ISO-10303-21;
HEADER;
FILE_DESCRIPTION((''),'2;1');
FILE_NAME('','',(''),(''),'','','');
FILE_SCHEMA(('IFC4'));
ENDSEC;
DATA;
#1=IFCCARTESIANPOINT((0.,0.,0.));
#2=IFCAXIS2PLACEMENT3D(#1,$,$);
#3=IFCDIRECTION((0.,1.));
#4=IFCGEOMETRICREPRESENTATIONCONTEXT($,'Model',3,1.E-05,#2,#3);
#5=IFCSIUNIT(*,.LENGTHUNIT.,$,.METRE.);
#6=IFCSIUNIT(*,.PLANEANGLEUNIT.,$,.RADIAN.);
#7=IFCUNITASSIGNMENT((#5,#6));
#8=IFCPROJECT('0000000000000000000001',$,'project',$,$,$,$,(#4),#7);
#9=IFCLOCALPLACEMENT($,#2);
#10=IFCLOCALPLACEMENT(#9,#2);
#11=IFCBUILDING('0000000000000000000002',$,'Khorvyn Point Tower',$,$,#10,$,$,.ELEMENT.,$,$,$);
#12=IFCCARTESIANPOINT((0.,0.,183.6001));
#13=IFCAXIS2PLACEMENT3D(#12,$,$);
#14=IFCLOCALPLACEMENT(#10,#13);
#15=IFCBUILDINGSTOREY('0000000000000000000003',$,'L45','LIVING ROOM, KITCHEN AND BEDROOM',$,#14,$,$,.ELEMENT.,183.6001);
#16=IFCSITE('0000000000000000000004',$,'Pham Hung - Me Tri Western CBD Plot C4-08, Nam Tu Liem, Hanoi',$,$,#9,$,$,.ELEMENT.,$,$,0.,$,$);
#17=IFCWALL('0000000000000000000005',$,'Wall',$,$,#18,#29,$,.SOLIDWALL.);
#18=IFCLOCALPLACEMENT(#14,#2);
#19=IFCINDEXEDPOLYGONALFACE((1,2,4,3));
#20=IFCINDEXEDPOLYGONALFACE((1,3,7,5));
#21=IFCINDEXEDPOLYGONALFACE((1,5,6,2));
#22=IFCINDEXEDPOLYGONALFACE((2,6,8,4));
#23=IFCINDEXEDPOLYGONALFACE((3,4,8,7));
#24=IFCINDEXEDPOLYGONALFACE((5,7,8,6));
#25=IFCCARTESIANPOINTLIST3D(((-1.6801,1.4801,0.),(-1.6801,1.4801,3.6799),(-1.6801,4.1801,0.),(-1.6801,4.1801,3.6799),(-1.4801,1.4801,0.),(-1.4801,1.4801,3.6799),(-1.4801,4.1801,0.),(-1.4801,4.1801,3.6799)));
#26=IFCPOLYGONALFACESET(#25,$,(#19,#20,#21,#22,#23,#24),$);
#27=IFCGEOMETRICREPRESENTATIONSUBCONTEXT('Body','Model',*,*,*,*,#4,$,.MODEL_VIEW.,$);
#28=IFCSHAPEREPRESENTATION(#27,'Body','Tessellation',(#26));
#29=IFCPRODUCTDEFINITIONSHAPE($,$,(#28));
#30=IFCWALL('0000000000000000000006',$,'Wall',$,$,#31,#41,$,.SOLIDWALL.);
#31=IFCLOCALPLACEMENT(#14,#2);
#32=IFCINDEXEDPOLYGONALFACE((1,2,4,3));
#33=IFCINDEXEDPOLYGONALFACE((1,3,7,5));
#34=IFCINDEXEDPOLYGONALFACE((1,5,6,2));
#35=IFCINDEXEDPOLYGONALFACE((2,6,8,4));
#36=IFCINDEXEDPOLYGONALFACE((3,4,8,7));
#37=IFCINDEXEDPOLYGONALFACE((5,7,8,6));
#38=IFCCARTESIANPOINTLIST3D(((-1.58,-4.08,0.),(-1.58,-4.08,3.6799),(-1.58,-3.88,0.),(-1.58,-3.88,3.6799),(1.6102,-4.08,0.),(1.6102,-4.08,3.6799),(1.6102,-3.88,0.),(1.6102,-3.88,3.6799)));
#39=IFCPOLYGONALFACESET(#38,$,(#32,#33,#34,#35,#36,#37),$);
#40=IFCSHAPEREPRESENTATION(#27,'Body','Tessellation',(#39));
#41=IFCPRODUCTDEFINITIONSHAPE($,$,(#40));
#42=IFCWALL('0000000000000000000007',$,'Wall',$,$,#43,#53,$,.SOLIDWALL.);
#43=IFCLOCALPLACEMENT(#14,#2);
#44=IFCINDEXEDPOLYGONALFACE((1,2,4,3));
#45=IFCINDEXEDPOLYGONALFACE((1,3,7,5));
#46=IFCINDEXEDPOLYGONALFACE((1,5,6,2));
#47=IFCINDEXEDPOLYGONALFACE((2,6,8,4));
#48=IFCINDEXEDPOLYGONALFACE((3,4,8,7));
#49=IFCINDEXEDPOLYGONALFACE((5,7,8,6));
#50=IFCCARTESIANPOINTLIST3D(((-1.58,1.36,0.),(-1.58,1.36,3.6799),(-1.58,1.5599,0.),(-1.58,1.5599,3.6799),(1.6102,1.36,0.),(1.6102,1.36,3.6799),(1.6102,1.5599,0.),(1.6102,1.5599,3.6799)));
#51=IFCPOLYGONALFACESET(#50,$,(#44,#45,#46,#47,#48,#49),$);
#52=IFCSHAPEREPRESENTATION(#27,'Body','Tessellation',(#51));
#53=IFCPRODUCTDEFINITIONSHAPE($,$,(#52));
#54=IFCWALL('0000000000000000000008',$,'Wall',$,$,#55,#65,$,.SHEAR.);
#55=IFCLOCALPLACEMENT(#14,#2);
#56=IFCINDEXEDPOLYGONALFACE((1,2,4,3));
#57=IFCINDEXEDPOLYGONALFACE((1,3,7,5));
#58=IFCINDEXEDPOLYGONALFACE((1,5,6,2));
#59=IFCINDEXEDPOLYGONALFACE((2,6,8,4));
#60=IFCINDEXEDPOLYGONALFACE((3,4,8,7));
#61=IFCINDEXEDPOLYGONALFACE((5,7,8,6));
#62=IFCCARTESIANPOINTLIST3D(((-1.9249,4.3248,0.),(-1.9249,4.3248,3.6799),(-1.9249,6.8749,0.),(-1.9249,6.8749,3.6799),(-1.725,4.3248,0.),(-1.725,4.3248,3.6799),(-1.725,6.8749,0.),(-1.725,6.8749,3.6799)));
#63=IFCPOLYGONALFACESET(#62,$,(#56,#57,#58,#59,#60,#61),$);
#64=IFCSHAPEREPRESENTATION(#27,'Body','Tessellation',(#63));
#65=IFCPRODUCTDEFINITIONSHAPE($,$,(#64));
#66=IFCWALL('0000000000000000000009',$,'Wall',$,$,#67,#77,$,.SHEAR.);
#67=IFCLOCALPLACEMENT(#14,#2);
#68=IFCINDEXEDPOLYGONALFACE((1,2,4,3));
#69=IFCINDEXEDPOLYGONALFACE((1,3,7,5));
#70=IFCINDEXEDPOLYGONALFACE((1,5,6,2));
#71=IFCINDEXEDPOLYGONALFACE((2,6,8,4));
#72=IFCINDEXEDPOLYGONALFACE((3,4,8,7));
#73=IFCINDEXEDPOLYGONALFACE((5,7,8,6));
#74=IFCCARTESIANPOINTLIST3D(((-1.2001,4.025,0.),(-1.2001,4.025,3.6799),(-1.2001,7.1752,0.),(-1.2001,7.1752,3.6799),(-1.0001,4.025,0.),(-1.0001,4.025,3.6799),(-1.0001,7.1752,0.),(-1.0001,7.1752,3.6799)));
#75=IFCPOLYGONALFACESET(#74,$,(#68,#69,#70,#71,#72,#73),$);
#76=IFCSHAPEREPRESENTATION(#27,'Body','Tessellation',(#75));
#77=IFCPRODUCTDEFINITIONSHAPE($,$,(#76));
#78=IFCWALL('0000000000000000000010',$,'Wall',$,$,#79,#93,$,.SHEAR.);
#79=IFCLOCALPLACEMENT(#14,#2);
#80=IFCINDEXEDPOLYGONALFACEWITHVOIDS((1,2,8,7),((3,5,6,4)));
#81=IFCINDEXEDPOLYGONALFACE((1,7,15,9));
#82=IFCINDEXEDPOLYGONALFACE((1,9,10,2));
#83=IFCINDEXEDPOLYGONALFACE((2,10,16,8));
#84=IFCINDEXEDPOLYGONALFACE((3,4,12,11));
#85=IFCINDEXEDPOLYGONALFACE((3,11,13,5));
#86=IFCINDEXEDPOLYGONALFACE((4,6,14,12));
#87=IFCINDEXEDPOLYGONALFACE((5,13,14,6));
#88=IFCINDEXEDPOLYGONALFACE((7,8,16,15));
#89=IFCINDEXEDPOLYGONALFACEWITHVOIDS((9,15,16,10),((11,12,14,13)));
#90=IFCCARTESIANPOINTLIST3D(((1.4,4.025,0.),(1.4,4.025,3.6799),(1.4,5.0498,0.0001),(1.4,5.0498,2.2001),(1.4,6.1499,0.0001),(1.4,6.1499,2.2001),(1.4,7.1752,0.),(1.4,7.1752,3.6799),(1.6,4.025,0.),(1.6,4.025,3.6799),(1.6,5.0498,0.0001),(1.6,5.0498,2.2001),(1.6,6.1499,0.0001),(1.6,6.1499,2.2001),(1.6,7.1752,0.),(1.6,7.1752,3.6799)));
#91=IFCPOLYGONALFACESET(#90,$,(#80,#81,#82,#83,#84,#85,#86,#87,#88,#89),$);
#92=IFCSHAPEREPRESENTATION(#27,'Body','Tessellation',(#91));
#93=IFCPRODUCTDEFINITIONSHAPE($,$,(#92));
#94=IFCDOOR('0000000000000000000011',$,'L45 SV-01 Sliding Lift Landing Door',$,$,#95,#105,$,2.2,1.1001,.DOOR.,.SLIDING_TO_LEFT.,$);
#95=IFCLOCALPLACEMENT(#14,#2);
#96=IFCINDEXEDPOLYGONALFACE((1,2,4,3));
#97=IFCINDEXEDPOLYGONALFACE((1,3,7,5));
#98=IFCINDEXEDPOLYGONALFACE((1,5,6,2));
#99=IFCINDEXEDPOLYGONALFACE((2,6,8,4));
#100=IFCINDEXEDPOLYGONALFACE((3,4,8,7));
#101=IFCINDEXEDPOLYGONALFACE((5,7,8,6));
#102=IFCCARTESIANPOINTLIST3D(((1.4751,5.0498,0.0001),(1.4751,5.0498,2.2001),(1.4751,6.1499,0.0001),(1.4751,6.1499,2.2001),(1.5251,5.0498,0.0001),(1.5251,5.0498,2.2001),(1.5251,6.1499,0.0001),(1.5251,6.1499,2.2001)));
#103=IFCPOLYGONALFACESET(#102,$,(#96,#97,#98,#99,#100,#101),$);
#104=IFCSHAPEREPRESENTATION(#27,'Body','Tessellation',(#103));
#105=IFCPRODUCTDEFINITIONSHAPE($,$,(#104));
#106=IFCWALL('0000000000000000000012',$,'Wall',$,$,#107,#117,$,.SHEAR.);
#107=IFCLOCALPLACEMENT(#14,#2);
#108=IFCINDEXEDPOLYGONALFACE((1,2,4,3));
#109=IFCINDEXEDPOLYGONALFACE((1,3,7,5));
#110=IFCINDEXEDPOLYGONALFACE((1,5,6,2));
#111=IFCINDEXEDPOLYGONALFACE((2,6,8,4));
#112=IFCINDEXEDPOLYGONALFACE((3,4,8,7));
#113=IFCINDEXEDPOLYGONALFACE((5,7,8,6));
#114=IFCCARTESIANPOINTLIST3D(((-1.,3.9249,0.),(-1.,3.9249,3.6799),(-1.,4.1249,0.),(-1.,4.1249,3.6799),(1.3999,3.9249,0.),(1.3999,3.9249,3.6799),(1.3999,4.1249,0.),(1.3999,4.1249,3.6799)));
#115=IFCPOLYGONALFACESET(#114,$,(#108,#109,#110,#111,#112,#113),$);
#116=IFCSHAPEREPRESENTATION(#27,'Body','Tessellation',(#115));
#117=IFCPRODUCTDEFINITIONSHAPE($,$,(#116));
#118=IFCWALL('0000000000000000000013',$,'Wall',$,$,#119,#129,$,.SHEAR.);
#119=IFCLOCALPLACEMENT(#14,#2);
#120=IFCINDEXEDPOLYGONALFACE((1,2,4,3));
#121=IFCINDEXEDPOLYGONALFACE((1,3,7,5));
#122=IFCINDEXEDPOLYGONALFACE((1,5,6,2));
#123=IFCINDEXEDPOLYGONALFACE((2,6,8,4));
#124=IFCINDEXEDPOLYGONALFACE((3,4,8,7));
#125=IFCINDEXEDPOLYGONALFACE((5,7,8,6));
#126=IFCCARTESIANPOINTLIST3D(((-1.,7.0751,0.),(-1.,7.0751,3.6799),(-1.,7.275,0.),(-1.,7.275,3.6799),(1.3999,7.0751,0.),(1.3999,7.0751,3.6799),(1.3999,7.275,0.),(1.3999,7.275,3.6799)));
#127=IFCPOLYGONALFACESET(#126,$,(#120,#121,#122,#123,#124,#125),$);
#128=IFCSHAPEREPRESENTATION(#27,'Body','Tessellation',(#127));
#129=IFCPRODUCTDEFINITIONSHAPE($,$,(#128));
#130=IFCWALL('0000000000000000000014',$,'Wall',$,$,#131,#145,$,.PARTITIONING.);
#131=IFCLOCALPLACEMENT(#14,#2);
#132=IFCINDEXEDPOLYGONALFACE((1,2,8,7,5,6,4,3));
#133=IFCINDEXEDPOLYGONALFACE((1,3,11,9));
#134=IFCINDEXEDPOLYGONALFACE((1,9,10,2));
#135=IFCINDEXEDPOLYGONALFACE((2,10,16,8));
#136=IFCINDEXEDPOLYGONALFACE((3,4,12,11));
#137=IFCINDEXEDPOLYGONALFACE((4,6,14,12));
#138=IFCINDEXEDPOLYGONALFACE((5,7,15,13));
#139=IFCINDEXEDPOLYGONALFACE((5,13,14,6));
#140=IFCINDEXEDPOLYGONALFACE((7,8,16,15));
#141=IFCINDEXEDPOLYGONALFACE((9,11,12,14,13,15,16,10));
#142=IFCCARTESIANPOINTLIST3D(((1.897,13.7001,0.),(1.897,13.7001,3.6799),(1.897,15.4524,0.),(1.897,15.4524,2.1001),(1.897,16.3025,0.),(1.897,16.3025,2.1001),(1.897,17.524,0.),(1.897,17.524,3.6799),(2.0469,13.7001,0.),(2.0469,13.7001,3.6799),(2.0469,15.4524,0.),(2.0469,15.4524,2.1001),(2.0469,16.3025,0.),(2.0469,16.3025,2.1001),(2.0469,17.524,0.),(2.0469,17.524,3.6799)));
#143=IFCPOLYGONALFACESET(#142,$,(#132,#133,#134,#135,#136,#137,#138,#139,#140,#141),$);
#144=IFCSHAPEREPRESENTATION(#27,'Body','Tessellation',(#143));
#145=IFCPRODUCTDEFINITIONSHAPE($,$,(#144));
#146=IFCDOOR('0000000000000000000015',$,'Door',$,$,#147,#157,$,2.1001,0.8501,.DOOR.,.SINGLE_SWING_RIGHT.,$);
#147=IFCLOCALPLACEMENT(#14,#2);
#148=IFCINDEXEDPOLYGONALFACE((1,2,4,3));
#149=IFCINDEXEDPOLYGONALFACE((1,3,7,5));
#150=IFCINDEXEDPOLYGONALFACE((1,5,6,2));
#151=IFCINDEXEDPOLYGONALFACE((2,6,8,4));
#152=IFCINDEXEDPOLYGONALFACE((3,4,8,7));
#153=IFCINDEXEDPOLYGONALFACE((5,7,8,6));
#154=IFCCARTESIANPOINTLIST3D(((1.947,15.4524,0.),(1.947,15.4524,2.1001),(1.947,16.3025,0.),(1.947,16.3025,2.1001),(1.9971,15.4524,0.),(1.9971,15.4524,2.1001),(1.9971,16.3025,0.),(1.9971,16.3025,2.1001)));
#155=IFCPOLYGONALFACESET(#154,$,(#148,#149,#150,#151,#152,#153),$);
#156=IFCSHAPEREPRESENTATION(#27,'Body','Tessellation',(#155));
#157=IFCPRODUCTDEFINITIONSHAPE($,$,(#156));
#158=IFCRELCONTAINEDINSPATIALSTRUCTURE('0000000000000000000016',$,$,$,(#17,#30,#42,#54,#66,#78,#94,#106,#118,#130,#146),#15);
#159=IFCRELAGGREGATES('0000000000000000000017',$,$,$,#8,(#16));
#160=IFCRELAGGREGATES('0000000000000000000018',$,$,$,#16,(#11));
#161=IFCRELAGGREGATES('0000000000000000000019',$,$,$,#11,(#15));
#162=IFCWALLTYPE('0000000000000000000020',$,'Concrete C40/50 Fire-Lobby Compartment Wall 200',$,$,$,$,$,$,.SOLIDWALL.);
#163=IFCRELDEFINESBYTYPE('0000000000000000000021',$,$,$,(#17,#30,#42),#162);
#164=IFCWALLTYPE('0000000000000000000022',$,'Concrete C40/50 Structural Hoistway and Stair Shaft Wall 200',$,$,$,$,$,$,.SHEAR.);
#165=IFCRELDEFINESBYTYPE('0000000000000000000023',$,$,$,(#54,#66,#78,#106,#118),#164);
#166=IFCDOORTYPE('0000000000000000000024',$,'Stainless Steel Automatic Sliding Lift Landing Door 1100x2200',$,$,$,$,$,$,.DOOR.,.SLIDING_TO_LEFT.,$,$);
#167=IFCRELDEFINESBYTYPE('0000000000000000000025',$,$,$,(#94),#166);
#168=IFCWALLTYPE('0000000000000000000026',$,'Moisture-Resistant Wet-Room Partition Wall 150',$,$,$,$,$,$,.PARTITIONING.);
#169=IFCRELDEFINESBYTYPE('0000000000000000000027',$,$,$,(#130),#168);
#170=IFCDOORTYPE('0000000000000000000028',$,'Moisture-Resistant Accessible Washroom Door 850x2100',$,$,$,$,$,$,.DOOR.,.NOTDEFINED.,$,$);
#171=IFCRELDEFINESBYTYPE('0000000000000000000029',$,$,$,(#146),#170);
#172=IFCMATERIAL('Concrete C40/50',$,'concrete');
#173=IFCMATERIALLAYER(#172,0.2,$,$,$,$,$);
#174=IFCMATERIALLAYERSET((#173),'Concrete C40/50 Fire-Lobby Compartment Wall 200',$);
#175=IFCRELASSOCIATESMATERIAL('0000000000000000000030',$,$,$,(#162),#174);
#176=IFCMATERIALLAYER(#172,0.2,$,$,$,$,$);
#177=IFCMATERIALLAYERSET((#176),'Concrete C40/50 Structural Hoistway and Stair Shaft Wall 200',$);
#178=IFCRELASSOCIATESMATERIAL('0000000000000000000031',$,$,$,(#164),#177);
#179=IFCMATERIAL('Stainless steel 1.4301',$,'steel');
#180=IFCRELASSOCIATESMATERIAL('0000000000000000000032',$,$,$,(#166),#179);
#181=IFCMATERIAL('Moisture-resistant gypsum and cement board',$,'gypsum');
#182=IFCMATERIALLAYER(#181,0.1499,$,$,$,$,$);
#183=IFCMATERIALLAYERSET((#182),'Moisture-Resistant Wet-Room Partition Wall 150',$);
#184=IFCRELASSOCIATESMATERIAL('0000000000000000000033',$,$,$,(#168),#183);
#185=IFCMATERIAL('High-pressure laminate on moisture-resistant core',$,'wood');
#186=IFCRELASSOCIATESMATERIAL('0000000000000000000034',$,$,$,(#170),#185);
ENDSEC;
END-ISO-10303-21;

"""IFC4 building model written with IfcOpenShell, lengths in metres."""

from ifc_helpers import new_model, si_unit, direction, frame, frame_2d, origin, place, context, subcontext, project, spatial, rectangle, extrude, material, layer, layer_set, type_object, element, fill, save


model = new_model("IFC4")

# Units and contexts
model_context = context("Model", 3, precision=1e-05, world=origin(), true_north=direction((0.0, 1.0)))
body_context = subcontext(model_context, "Body", "Model", "MODEL_VIEW")
ifc_project = project(units=[si_unit("LENGTHUNIT", "METRE"), si_unit("PLANEANGLEUNIT", "RADIAN")], contexts=[model_context])

# Site, building, storey
site_placement = place(None, origin())
site = spatial("IfcSite", under=ifc_project, at=site_placement, Name="Pham Hung - Me Tri Western CBD Plot C4-08, Nam Tu Liem, Hanoi", CompositionType="ELEMENT", RefElevation=0.0)
building_placement = place(site_placement, origin())
building = spatial("IfcBuilding", under=site, at=building_placement, Name="Khorvyn Point Tower", CompositionType="ELEMENT")
storey_placement = place(building_placement, frame((0.0, 0.0, 183.6001)))
storey = spatial("IfcBuildingStorey", under=building, at=storey_placement, Name="L45", Description="LIVING ROOM, KITCHEN AND BEDROOM", CompositionType="ELEMENT", Elevation=183.6001)

# Shared definitions
ifc_material_1 = material(Name="Concrete C40/50", Category="concrete")

# Walls
ifc_layer_1 = layer(ifc_material_1, 0.2)
ifc_layer_set_1 = layer_set([ifc_layer_1], Name="Concrete C40/50 Fire-Lobby Compartment Wall 200")
wall_type_1 = type_object("IfcWallType", Name="Concrete C40/50 Fire-Lobby Compartment Wall 200", PredefinedType="SOLIDWALL", material=ifc_layer_set_1)
wall_1_placement = place(storey_placement, frame((-1.5801, 1.48, 0.0), z_axis=(0.0, 0.0, 1.0), x_axis=(0.0, 1.0, 0.0)))
element("IfcWall", 1, at=wall_1_placement, inside=storey, type_object=wall_type_1, Name="Wall", PredefinedType="SOLIDWALL", context=body_context, shape_type="SweptSolid", body=[
    extrude(rectangle(XDim=2.7, YDim=0.2, at=frame_2d((1.3501, 0.0))), origin(), (0.0, 0.0, 1.0), 3.6799),
])
for number, where, z_axis, x_axis, name in (
    (2, (-1.5801, -3.98, 0.0), (0.0, 0.0, 1.0), (1.0, 0.0, 0.0), "Wall"),
    (3, (-1.5801, 1.46, 0.0), (0.0, 0.0, 1.0), (1.0, 0.0, 0.0), "Wall"),
):
    element("IfcWall", number, at=place(storey_placement, frame(where, z_axis=z_axis, x_axis=x_axis)), inside=storey, type_object=wall_type_1, Name=name, PredefinedType="SOLIDWALL", context=body_context, shape_type="SweptSolid", body=[
        extrude(rectangle(XDim=3.1902, YDim=0.2, at=frame_2d((1.5952, 0.0))), origin(), (0.0, 0.0, 1.0), 3.6799),
    ])
ifc_layer_2 = layer(ifc_material_1, 0.2)
ifc_layer_set_2 = layer_set([ifc_layer_2], Name="Concrete C40/50 Structural Hoistway and Stair Shaft Wall 200")
wall_type_2 = type_object("IfcWallType", Name="Concrete C40/50 Structural Hoistway and Stair Shaft Wall 200", PredefinedType="SHEAR", material=ifc_layer_set_2)
wall_2_placement = place(storey_placement, frame((-1.825, 4.325, 0.0), z_axis=(0.0, 0.0, 1.0), x_axis=(0.0, 1.0, 0.0)))
element("IfcWall", 4, at=wall_2_placement, inside=storey, type_object=wall_type_2, Name="Wall", PredefinedType="SHEAR", context=body_context, shape_type="SweptSolid", body=[
    extrude(rectangle(XDim=2.55, YDim=0.2, at=frame_2d((1.2749, 0.0))), origin(), (0.0, 0.0, 1.0), 3.6799),
])
wall_3_placement = place(storey_placement, frame((-1.1001, 4.0249, 0.0), z_axis=(0.0, 0.0, 1.0), x_axis=(0.0, 1.0, 0.0)))
element("IfcWall", 5, at=wall_3_placement, inside=storey, type_object=wall_type_2, Name="Wall", PredefinedType="SHEAR", context=body_context, shape_type="SweptSolid", body=[
    extrude(rectangle(XDim=3.1501, YDim=0.2, at=frame_2d((1.5752, 0.0))), origin(), (0.0, 0.0, 1.0), 3.6799),
])

# Wall, opening, door
wall_4_placement = place(storey_placement, frame((1.5, 4.0249, 0.0), z_axis=(0.0, 0.0, 1.0), x_axis=(0.0, 1.0, 0.0)))
wall_4 = element("IfcWall", 6, at=wall_4_placement, inside=storey, type_object=wall_type_2, Name="Wall", PredefinedType="SHEAR", context=body_context, shape_type="SweptSolid", body=[
    extrude(rectangle(XDim=3.1501, YDim=0.2, at=frame_2d((1.5752, 0.0))), origin(), (0.0, 0.0, 1.0), 3.6799),
])
opening_1_placement = place(wall_4_placement, frame((1.0249, 0.0, 0.0)))
opening_1 = element("IfcOpeningElement", 7, at=opening_1_placement, cuts=wall_4, PredefinedType="OPENING", context=body_context, shape_type="SweptSolid", body=[
    extrude(rectangle(XDim=1.1001, YDim=2.2, at=frame_2d((0.55, 1.1001))), frame((0.0, 0.1099, 0.0), z_axis=(0.0, -1.0, 0.0), x_axis=(1.0, 0.0, 0.0)), (0.0, 0.0, 1.0), 0.22),
])
ifc_material_2 = material(Name="Stainless steel 1.4301", Category="steel")
door_type_1 = type_object("IfcDoorType", Name="Stainless Steel Automatic Sliding Lift Landing Door 1100x2200", OperationType="SLIDING_TO_LEFT", PredefinedType="DOOR", material=ifc_material_2)
door_1_placement = place(opening_1_placement, origin())
door_1 = element("IfcDoor", 8, at=door_1_placement, inside=storey, type_object=door_type_1, Name="L45 SV-01 Sliding Lift Landing Door", OperationType="SLIDING_TO_LEFT", OverallHeight=2.2, OverallWidth=1.1001, PredefinedType="DOOR", context=body_context, shape_type="SweptSolid", body=[
    extrude(rectangle(XDim=1.1001, YDim=2.2, at=frame_2d((0.55, 1.1001))), frame((0.0, 0.0249, 0.0), z_axis=(0.0, -1.0, 0.0), x_axis=(1.0, 0.0, 0.0)), (0.0, 0.0, 1.0), 0.05),
])
fill(opening_1, door_1)

# Walls
for number, where, z_axis, x_axis, name in (
    (9, (-1.0, 4.0249, 0.0), (0.0, 0.0, 1.0), (1.0, 0.0, 0.0), "Wall"),
    (10, (-1.0, 7.175, 0.0), (0.0, 0.0, 1.0), (1.0, 0.0, 0.0), "Wall"),
):
    element("IfcWall", number, at=place(storey_placement, frame(where, z_axis=z_axis, x_axis=x_axis)), inside=storey, type_object=wall_type_2, Name=name, PredefinedType="SHEAR", context=body_context, shape_type="SweptSolid", body=[
        extrude(rectangle(XDim=2.3999, YDim=0.2, at=frame_2d((1.2, 0.0))), origin(), (0.0, 0.0, 1.0), 3.6799),
    ])

# Wall, opening, door
ifc_material_3 = material(Name="Moisture-resistant gypsum and cement board", Category="gypsum")
ifc_layer_3 = layer(ifc_material_3, 0.1499)
ifc_layer_set_3 = layer_set([ifc_layer_3], Name="Moisture-Resistant Wet-Room Partition Wall 150")
wall_type_3 = type_object("IfcWallType", Name="Moisture-Resistant Wet-Room Partition Wall 150", PredefinedType="PARTITIONING", material=ifc_layer_set_3)
wall_5_placement = place(storey_placement, frame((1.9719, 13.7, 0.0), z_axis=(0.0, 0.0, 1.0), x_axis=(0.0, 1.0, 0.0)))
wall_5 = element("IfcWall", 11, at=wall_5_placement, inside=storey, type_object=wall_type_3, Name="Wall", PredefinedType="PARTITIONING", context=body_context, shape_type="SweptSolid", body=[
    extrude(rectangle(XDim=3.824, YDim=0.1499, at=frame_2d((1.9121, 0.0))), origin(), (0.0, 0.0, 1.0), 3.6799),
])
opening_2_placement = place(wall_5_placement, frame((1.7524, 0.0, 0.0)))
opening_2 = element("IfcOpeningElement", 12, at=opening_2_placement, cuts=wall_5, PredefinedType="OPENING", context=body_context, shape_type="SweptSolid", body=[
    extrude(rectangle(XDim=0.8501, YDim=2.1001, at=frame_2d((0.425, 1.05))), frame((0.0, 0.085, 0.0), z_axis=(0.0, -1.0, 0.0), x_axis=(1.0, 0.0, 0.0)), (0.0, 0.0, 1.0), 0.1699),
])
ifc_material_4 = material(Name="High-pressure laminate on moisture-resistant core", Category="wood")
door_type_2 = type_object("IfcDoorType", Name="Moisture-Resistant Accessible Washroom Door 850x2100", OperationType="NOTDEFINED", PredefinedType="DOOR", material=ifc_material_4)
door_2_placement = place(opening_2_placement, origin())
door_2 = element("IfcDoor", 13, at=door_2_placement, inside=storey, type_object=door_type_2, Name="Door", OperationType="SINGLE_SWING_RIGHT", OverallHeight=2.1001, OverallWidth=0.8501, PredefinedType="DOOR", context=body_context, shape_type="SweptSolid", body=[
    extrude(rectangle(XDim=0.8501, YDim=2.1001, at=frame_2d((0.425, 1.05))), frame((0.0, 0.0249, 0.0), z_axis=(0.0, -1.0, 0.0), x_axis=(1.0, 0.0, 0.0)), (0.0, 0.0, 1.0), 0.05),
])
fill(opening_2, door_2)

save(model, "model.ifc")
